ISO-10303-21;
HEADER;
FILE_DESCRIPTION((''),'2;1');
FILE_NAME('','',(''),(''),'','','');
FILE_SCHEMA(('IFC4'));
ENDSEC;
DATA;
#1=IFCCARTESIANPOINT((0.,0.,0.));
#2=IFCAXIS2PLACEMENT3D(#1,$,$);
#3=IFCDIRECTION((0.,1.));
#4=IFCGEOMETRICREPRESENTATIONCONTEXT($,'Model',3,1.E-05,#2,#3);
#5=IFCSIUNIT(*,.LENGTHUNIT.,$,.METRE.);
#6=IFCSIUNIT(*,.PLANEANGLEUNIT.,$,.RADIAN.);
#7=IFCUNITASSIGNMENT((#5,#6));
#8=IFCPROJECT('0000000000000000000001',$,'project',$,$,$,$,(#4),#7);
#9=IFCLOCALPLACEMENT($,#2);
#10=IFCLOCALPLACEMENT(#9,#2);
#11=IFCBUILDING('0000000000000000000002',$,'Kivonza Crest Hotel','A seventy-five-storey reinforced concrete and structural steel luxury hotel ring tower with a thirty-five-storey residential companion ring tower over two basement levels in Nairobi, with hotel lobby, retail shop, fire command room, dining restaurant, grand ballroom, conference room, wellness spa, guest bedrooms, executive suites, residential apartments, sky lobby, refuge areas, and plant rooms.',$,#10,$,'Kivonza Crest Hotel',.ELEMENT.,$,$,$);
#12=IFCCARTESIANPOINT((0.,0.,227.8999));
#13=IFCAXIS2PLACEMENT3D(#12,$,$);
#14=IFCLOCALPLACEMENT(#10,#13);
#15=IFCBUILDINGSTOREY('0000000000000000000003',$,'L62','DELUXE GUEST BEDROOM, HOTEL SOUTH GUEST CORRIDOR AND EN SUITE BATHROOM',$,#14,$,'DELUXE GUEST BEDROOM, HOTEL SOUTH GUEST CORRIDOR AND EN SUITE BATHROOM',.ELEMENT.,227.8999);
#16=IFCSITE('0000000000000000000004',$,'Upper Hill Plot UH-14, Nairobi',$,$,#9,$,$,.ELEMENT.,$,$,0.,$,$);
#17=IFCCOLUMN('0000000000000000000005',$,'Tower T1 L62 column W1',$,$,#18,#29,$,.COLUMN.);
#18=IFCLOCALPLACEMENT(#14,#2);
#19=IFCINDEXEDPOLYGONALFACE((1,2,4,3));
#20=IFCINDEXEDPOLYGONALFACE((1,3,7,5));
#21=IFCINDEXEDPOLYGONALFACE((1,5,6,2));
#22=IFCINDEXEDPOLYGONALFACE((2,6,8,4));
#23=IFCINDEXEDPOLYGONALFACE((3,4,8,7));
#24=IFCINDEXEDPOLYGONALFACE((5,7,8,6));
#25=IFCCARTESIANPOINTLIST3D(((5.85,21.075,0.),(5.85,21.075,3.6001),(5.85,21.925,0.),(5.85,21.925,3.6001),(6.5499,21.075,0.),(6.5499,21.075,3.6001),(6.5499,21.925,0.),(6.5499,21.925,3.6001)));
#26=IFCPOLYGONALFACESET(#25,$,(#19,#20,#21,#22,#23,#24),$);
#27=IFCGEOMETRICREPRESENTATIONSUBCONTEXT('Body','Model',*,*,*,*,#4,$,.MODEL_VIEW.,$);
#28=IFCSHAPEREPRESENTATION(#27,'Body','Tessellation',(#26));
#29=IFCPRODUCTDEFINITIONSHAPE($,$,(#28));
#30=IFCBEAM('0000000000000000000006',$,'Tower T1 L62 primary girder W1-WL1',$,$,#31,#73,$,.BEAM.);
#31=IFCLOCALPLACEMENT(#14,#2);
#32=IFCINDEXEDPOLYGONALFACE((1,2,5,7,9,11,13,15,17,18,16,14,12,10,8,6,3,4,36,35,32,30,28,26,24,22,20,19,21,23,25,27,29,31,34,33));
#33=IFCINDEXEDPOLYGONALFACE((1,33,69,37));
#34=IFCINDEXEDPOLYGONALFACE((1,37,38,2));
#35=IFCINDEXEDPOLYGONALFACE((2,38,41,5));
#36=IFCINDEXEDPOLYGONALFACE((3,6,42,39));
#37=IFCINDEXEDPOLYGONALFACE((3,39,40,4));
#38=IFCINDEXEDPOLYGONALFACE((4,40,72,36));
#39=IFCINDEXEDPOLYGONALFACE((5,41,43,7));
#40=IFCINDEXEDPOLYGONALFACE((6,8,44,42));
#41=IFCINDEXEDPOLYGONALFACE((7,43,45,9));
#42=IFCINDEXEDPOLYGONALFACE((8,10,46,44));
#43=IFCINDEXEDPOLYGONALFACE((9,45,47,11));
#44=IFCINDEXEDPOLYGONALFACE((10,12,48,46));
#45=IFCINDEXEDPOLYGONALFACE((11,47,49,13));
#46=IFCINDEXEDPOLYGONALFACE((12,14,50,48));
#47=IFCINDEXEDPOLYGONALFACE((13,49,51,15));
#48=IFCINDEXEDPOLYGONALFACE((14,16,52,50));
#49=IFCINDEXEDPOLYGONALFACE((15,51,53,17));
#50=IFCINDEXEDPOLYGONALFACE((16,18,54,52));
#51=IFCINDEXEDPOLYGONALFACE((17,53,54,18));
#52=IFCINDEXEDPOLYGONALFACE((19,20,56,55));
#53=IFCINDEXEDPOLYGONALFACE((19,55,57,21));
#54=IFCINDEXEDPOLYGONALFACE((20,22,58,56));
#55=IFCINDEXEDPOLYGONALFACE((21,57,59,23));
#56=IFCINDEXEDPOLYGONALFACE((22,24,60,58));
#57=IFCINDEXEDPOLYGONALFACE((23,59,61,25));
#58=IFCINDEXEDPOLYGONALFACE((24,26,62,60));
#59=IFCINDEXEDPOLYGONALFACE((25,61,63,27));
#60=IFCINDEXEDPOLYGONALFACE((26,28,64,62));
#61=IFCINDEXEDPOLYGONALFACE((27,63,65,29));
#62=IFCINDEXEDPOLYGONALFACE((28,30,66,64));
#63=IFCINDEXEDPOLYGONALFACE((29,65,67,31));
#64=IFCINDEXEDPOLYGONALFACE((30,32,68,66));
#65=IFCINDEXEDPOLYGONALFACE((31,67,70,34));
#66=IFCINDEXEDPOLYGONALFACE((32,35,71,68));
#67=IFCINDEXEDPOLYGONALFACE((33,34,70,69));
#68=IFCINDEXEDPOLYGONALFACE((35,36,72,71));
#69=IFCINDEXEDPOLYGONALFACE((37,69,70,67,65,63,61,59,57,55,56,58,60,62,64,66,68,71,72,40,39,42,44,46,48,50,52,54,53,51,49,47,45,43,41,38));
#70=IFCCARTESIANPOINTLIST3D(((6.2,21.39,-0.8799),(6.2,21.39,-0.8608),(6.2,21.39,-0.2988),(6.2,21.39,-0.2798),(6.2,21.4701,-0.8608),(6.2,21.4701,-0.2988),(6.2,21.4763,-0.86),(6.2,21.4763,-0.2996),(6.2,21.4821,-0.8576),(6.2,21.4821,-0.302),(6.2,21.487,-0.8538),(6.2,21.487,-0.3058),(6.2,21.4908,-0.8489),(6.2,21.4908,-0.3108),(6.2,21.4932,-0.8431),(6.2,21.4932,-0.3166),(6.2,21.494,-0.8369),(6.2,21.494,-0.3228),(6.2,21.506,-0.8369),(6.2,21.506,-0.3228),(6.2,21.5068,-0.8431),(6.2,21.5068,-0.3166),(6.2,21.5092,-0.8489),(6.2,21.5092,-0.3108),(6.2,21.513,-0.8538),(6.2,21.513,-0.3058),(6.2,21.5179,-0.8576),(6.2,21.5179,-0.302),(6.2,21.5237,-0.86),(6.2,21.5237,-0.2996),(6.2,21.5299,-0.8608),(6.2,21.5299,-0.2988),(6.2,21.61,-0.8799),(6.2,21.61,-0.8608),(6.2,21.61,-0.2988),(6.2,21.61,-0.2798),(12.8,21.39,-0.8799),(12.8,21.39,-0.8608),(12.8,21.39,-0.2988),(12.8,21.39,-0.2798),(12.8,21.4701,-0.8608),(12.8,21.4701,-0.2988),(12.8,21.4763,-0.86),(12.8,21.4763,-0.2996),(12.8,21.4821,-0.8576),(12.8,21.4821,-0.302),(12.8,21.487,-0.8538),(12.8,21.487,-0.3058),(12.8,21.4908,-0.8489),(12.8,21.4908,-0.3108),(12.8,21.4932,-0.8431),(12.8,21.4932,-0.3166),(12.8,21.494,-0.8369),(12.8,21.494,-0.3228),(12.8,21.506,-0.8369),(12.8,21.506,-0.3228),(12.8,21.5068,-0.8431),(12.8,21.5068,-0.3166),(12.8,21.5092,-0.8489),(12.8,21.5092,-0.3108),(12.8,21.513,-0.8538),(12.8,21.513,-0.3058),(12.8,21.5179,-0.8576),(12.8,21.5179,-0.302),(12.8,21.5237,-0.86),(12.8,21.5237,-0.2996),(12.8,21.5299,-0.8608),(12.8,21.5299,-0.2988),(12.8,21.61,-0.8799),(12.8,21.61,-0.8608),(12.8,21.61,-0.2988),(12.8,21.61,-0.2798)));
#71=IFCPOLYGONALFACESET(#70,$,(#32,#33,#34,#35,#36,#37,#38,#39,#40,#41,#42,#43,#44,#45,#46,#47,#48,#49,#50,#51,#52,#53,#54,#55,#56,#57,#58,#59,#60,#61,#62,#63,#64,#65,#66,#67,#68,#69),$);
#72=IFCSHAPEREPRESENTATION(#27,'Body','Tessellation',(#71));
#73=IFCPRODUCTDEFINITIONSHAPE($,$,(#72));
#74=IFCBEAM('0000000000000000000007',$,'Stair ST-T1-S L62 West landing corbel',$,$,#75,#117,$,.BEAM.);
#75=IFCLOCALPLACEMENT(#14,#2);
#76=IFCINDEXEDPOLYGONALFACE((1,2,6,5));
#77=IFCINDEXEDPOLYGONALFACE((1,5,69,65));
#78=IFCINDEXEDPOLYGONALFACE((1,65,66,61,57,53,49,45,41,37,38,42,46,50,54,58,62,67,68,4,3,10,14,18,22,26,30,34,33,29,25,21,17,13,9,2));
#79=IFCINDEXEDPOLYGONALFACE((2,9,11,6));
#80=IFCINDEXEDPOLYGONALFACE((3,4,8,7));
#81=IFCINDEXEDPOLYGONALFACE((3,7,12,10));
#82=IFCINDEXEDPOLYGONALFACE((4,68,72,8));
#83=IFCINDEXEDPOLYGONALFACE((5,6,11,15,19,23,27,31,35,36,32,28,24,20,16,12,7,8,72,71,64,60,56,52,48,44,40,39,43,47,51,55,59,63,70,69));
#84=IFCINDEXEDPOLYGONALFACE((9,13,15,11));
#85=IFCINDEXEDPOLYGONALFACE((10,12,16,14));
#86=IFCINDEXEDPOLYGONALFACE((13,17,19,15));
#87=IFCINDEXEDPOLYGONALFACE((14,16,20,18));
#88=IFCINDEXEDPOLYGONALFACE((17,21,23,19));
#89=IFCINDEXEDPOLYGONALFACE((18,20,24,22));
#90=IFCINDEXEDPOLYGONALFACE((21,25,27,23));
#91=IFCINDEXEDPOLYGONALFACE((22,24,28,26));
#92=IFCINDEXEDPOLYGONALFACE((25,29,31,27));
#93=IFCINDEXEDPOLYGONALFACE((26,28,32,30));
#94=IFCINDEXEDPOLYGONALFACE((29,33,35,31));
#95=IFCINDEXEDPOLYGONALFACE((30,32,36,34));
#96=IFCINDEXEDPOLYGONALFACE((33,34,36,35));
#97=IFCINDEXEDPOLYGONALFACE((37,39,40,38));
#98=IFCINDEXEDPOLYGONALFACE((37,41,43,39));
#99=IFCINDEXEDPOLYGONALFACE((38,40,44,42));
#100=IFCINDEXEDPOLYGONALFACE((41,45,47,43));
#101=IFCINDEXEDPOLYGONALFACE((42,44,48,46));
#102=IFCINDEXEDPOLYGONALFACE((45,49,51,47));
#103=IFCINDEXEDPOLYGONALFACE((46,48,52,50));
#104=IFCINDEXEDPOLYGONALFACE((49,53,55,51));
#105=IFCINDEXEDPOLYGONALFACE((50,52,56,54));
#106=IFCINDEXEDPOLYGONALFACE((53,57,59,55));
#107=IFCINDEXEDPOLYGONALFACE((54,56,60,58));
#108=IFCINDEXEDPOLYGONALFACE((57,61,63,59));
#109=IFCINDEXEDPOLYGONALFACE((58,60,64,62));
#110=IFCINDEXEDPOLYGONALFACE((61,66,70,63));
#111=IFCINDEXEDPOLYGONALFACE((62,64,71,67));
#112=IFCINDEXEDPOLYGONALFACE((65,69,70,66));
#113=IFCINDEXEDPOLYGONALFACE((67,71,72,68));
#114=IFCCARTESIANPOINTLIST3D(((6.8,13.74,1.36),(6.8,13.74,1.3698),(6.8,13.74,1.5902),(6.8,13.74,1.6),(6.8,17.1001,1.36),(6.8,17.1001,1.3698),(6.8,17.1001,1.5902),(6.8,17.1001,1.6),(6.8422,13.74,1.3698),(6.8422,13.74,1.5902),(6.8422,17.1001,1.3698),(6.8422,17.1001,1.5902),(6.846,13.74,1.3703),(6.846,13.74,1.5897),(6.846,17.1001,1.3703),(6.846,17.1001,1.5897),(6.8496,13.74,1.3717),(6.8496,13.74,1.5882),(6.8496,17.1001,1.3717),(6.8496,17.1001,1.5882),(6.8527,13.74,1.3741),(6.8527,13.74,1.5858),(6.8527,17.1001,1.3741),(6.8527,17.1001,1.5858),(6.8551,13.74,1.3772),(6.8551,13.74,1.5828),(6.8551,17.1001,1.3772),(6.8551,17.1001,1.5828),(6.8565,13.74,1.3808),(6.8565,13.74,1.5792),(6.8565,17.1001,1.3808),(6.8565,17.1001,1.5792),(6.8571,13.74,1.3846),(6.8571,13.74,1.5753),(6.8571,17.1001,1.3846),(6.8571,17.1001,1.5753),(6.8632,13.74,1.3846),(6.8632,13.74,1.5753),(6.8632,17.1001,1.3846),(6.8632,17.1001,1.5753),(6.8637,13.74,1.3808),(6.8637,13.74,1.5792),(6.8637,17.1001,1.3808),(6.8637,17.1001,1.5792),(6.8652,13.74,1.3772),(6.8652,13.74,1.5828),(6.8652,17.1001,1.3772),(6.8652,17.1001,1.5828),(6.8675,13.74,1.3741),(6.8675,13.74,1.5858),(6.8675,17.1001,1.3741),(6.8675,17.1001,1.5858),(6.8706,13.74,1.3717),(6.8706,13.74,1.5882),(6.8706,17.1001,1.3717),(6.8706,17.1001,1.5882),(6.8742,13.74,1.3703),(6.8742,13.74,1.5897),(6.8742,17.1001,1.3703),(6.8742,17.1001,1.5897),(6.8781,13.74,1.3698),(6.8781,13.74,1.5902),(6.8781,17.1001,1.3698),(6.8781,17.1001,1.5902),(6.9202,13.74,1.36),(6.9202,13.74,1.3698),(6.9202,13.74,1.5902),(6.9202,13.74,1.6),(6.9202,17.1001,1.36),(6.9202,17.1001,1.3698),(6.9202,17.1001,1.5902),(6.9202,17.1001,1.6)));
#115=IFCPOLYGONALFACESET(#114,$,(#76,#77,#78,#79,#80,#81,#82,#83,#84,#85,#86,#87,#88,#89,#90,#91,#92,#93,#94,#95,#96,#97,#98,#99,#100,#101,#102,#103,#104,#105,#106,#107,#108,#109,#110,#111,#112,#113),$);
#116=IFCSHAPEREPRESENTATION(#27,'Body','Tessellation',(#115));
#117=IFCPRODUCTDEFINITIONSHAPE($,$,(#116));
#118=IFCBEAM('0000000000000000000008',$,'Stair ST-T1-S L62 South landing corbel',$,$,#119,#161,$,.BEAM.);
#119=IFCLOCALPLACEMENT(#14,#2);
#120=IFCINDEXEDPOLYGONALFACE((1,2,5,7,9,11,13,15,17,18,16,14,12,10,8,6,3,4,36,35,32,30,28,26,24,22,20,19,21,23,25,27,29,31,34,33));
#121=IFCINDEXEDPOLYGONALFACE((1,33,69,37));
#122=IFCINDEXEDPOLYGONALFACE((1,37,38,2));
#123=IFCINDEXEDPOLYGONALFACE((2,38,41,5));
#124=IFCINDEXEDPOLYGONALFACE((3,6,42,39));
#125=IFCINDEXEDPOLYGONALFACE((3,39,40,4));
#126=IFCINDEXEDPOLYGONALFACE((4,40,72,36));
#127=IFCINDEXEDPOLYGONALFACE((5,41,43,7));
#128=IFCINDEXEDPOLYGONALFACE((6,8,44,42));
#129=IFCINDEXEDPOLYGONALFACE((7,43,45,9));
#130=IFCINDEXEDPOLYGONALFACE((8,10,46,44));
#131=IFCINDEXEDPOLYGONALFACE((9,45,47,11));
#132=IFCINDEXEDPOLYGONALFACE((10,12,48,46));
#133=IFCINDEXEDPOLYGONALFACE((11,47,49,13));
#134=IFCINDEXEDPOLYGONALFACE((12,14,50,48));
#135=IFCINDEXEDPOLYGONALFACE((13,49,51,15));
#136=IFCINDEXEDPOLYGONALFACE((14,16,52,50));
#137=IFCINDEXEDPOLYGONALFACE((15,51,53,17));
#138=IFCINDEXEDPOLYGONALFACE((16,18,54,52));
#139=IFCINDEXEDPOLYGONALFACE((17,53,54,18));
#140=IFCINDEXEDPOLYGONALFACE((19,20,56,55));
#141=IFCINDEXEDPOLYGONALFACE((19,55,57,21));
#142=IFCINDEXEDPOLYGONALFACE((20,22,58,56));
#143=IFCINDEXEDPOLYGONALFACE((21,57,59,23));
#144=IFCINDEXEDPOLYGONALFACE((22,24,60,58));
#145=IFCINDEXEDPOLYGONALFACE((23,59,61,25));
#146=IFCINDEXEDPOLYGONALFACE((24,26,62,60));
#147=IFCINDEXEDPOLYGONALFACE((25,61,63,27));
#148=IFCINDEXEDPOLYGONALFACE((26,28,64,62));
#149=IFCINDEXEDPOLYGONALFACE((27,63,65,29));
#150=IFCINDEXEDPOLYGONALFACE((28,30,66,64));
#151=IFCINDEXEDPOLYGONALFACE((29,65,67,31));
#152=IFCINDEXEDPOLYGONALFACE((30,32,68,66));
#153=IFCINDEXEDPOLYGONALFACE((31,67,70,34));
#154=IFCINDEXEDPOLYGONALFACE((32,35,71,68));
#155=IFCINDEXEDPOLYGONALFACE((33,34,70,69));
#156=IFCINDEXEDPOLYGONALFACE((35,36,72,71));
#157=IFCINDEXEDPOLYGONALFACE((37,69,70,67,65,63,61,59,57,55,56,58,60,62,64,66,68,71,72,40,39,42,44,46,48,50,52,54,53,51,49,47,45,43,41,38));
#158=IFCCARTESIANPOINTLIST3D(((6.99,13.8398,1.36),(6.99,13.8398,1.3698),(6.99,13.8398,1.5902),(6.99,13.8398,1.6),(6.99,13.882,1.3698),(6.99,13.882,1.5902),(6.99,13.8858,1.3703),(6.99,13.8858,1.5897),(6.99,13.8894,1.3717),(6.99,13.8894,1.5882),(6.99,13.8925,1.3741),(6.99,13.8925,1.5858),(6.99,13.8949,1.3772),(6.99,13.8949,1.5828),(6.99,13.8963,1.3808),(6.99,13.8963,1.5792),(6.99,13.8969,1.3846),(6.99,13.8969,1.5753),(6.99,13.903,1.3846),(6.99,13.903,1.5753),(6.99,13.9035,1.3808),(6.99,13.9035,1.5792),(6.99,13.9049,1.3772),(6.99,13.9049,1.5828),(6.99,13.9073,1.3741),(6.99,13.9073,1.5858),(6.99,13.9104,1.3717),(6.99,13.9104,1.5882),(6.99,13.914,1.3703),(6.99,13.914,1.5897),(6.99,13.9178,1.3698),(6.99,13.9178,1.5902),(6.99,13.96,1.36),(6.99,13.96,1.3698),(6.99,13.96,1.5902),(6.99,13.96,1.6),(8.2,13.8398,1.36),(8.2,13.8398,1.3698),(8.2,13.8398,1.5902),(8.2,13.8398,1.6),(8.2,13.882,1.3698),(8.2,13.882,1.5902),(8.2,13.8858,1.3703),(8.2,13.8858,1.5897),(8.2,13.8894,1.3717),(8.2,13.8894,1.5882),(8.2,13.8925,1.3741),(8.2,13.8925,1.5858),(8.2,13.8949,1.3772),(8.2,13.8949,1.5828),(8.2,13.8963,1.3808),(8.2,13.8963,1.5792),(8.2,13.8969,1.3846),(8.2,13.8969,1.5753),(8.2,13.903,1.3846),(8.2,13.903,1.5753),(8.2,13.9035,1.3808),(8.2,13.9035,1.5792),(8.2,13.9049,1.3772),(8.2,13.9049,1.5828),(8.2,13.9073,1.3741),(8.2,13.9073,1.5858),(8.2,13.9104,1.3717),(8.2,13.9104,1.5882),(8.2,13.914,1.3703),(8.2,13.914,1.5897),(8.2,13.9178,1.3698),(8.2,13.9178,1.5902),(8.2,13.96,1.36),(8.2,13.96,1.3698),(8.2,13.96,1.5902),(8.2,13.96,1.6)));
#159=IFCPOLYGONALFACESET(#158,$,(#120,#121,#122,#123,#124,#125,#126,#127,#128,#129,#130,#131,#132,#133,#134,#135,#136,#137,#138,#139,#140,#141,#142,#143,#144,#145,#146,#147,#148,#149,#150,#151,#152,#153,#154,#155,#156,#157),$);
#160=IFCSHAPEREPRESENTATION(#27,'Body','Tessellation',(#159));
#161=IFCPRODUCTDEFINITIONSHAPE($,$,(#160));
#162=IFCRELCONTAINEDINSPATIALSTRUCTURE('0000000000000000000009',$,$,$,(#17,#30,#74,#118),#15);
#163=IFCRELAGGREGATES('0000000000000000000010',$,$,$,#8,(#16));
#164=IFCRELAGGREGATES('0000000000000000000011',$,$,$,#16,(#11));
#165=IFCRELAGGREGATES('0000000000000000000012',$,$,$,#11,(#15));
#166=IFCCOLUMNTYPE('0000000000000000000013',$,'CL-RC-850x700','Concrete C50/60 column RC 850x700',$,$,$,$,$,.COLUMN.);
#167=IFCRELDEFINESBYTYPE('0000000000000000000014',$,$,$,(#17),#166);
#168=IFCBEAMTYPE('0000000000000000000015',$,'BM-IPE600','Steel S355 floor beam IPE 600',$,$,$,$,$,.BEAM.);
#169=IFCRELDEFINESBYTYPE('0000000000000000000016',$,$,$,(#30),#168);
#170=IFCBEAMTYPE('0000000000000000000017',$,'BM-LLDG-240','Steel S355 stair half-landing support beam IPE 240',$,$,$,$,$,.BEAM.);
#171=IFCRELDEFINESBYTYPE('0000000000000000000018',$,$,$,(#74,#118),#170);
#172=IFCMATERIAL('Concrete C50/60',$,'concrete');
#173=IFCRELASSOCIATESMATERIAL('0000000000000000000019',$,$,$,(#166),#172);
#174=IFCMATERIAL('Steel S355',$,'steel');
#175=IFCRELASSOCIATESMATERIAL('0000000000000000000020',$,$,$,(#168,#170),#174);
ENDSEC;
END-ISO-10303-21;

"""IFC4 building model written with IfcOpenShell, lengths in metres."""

from ifc_helpers import new_model, si_unit, direction, frame, origin, origin_2d, place, context, subcontext, project, spatial, rectangle, i_section, extrude, material, material_profile, profile_set, type_object, element, save


model = new_model("IFC4")

# Units and contexts
model_context = context("Model", 3, precision=1e-05, world=origin(), true_north=direction((0.0, 1.0)))
body_context = subcontext(model_context, "Body", "Model", "MODEL_VIEW")
ifc_project = project(units=[si_unit("LENGTHUNIT", "METRE"), si_unit("PLANEANGLEUNIT", "RADIAN")], contexts=[model_context])

# Site, building, storey
site_placement = place(None, origin())
site = spatial("IfcSite", under=ifc_project, at=site_placement, Name="Upper Hill Plot UH-14, Nairobi", CompositionType="ELEMENT", RefElevation=0.0)
building_placement = place(site_placement, origin())
building = spatial("IfcBuilding", under=site, at=building_placement, Name="Kivonza Crest Hotel", Description="A seventy-five-storey reinforced concrete and structural steel luxury hotel ring tower with a thirty-five-storey residential companion ring tower over two basement levels in Nairobi, with hotel lobby, retail shop, fire command room, dining restaurant, grand ballroom, conference room, wellness spa, guest bedrooms, executive suites, residential apartments, sky lobby, refuge areas, and plant rooms.", LongName="Kivonza Crest Hotel", CompositionType="ELEMENT")
storey_placement = place(building_placement, frame((0.0, 0.0, 227.8999)))
storey = spatial("IfcBuildingStorey", under=building, at=storey_placement, Name="L62", Description="DELUXE GUEST BEDROOM, HOTEL SOUTH GUEST CORRIDOR AND EN SUITE BATHROOM", LongName="DELUXE GUEST BEDROOM, HOTEL SOUTH GUEST CORRIDOR AND EN SUITE BATHROOM", CompositionType="ELEMENT", Elevation=227.8999)

# Column
ifc_material_1 = material(Name="Concrete C50/60", Category="concrete")
ifc_material_profile_1 = material_profile(ifc_material_1, rectangle(XDim=0.7, YDim=0.8501, at=origin_2d()), Name="RC 850x700")
ifc_profile_set_1 = profile_set([ifc_material_profile_1], Name="Concrete C50/60")
column_type = type_object("IfcColumnType", Name="CL-RC-850x700", Description="Concrete C50/60 column RC 850x700", PredefinedType="COLUMN", material=ifc_profile_set_1)
column_placement = place(storey_placement, frame((6.2, 21.5, 0.0), z_axis=(0.0, 0.0, 1.0), x_axis=(1.0, 0.0, 0.0)))
element("IfcColumn", 1, at=column_placement, inside=storey, type_object=column_type, Name="Tower T1 L62 column W1", PredefinedType="COLUMN", context=body_context, shape_type="SweptSolid", body=[
    extrude(rectangle(XDim=0.7, YDim=0.8501, at=origin_2d()), origin(), (0.0, 0.0, 1.0), 3.6001),
])

# Beams
ifc_material_2 = material(Name="Steel S355", Category="steel")
ifc_material_profile_2 = material_profile(ifc_material_2, i_section(OverallWidth=0.22, OverallDepth=0.6001, WebThickness=0.012, FlangeThickness=0.019, FilletRadius=0.0239, at=origin_2d()), Name="IPE 600")
ifc_profile_set_2 = profile_set([ifc_material_profile_2], Name="Steel S355")
beam_type_1 = type_object("IfcBeamType", Name="BM-IPE600", Description="Steel S355 floor beam IPE 600", PredefinedType="BEAM", material=ifc_profile_set_2)
beam_1_placement = place(storey_placement, frame((6.2, 21.5, -0.5798), z_axis=(1.0, 0.0, 0.0), x_axis=(0.0, 1.0, 0.0)))
element("IfcBeam", 2, at=beam_1_placement, inside=storey, type_object=beam_type_1, Name="Tower T1 L62 primary girder W1-WL1", PredefinedType="BEAM", context=body_context, shape_type="SweptSolid", body=[
    extrude(i_section(OverallWidth=0.22, OverallDepth=0.6001, WebThickness=0.012, FlangeThickness=0.019, FilletRadius=0.0239, at=origin_2d()), origin(), (0.0, 0.0, 1.0), 6.6001),
])
ifc_material_profile_3 = material_profile(ifc_material_2, i_section(OverallWidth=0.1201, OverallDepth=0.24, WebThickness=0.0061, FlangeThickness=0.0098, FilletRadius=0.0149, at=origin_2d()), Name="IPE 240")
ifc_profile_set_3 = profile_set([ifc_material_profile_3], Name="Steel S355")
beam_type_2 = type_object("IfcBeamType", Name="BM-LLDG-240", Description="Steel S355 stair half-landing support beam IPE 240", PredefinedType="BEAM", material=ifc_profile_set_3)
beam_2_placement = place(storey_placement, frame((6.8601, 13.74, 1.48), z_axis=(0.0, 1.0, 0.0), x_axis=(-1.0, 0.0, 0.0)))
element("IfcBeam", 3, at=beam_2_placement, inside=storey, type_object=beam_type_2, Name="Stair ST-T1-S L62 West landing corbel", PredefinedType="BEAM", context=body_context, shape_type="SweptSolid", body=[
    extrude(i_section(OverallWidth=0.1201, OverallDepth=0.24, WebThickness=0.0061, FlangeThickness=0.0098, FilletRadius=0.0149, at=origin_2d()), origin(), (0.0, 0.0, 1.0), 3.3601),
])
for number, where, z_axis, x_axis, name in (
    (4, (6.99, 13.8999, 1.48), (1.0, 0.0, 0.0), (0.0, 1.0, 0.0), "Stair ST-T1-S L62 South landing corbel"),
):
    element("IfcBeam", number, at=place(storey_placement, frame(where, z_axis=z_axis, x_axis=x_axis)), inside=storey, type_object=beam_type_2, Name=name, PredefinedType="BEAM", context=body_context, shape_type="SweptSolid", body=[
        extrude(i_section(OverallWidth=0.1201, OverallDepth=0.24, WebThickness=0.0061, FlangeThickness=0.0098, FilletRadius=0.0149, at=origin_2d()), origin(), (0.0, 0.0, 1.0), 1.21),
    ])

save(model, "model.ifc")
